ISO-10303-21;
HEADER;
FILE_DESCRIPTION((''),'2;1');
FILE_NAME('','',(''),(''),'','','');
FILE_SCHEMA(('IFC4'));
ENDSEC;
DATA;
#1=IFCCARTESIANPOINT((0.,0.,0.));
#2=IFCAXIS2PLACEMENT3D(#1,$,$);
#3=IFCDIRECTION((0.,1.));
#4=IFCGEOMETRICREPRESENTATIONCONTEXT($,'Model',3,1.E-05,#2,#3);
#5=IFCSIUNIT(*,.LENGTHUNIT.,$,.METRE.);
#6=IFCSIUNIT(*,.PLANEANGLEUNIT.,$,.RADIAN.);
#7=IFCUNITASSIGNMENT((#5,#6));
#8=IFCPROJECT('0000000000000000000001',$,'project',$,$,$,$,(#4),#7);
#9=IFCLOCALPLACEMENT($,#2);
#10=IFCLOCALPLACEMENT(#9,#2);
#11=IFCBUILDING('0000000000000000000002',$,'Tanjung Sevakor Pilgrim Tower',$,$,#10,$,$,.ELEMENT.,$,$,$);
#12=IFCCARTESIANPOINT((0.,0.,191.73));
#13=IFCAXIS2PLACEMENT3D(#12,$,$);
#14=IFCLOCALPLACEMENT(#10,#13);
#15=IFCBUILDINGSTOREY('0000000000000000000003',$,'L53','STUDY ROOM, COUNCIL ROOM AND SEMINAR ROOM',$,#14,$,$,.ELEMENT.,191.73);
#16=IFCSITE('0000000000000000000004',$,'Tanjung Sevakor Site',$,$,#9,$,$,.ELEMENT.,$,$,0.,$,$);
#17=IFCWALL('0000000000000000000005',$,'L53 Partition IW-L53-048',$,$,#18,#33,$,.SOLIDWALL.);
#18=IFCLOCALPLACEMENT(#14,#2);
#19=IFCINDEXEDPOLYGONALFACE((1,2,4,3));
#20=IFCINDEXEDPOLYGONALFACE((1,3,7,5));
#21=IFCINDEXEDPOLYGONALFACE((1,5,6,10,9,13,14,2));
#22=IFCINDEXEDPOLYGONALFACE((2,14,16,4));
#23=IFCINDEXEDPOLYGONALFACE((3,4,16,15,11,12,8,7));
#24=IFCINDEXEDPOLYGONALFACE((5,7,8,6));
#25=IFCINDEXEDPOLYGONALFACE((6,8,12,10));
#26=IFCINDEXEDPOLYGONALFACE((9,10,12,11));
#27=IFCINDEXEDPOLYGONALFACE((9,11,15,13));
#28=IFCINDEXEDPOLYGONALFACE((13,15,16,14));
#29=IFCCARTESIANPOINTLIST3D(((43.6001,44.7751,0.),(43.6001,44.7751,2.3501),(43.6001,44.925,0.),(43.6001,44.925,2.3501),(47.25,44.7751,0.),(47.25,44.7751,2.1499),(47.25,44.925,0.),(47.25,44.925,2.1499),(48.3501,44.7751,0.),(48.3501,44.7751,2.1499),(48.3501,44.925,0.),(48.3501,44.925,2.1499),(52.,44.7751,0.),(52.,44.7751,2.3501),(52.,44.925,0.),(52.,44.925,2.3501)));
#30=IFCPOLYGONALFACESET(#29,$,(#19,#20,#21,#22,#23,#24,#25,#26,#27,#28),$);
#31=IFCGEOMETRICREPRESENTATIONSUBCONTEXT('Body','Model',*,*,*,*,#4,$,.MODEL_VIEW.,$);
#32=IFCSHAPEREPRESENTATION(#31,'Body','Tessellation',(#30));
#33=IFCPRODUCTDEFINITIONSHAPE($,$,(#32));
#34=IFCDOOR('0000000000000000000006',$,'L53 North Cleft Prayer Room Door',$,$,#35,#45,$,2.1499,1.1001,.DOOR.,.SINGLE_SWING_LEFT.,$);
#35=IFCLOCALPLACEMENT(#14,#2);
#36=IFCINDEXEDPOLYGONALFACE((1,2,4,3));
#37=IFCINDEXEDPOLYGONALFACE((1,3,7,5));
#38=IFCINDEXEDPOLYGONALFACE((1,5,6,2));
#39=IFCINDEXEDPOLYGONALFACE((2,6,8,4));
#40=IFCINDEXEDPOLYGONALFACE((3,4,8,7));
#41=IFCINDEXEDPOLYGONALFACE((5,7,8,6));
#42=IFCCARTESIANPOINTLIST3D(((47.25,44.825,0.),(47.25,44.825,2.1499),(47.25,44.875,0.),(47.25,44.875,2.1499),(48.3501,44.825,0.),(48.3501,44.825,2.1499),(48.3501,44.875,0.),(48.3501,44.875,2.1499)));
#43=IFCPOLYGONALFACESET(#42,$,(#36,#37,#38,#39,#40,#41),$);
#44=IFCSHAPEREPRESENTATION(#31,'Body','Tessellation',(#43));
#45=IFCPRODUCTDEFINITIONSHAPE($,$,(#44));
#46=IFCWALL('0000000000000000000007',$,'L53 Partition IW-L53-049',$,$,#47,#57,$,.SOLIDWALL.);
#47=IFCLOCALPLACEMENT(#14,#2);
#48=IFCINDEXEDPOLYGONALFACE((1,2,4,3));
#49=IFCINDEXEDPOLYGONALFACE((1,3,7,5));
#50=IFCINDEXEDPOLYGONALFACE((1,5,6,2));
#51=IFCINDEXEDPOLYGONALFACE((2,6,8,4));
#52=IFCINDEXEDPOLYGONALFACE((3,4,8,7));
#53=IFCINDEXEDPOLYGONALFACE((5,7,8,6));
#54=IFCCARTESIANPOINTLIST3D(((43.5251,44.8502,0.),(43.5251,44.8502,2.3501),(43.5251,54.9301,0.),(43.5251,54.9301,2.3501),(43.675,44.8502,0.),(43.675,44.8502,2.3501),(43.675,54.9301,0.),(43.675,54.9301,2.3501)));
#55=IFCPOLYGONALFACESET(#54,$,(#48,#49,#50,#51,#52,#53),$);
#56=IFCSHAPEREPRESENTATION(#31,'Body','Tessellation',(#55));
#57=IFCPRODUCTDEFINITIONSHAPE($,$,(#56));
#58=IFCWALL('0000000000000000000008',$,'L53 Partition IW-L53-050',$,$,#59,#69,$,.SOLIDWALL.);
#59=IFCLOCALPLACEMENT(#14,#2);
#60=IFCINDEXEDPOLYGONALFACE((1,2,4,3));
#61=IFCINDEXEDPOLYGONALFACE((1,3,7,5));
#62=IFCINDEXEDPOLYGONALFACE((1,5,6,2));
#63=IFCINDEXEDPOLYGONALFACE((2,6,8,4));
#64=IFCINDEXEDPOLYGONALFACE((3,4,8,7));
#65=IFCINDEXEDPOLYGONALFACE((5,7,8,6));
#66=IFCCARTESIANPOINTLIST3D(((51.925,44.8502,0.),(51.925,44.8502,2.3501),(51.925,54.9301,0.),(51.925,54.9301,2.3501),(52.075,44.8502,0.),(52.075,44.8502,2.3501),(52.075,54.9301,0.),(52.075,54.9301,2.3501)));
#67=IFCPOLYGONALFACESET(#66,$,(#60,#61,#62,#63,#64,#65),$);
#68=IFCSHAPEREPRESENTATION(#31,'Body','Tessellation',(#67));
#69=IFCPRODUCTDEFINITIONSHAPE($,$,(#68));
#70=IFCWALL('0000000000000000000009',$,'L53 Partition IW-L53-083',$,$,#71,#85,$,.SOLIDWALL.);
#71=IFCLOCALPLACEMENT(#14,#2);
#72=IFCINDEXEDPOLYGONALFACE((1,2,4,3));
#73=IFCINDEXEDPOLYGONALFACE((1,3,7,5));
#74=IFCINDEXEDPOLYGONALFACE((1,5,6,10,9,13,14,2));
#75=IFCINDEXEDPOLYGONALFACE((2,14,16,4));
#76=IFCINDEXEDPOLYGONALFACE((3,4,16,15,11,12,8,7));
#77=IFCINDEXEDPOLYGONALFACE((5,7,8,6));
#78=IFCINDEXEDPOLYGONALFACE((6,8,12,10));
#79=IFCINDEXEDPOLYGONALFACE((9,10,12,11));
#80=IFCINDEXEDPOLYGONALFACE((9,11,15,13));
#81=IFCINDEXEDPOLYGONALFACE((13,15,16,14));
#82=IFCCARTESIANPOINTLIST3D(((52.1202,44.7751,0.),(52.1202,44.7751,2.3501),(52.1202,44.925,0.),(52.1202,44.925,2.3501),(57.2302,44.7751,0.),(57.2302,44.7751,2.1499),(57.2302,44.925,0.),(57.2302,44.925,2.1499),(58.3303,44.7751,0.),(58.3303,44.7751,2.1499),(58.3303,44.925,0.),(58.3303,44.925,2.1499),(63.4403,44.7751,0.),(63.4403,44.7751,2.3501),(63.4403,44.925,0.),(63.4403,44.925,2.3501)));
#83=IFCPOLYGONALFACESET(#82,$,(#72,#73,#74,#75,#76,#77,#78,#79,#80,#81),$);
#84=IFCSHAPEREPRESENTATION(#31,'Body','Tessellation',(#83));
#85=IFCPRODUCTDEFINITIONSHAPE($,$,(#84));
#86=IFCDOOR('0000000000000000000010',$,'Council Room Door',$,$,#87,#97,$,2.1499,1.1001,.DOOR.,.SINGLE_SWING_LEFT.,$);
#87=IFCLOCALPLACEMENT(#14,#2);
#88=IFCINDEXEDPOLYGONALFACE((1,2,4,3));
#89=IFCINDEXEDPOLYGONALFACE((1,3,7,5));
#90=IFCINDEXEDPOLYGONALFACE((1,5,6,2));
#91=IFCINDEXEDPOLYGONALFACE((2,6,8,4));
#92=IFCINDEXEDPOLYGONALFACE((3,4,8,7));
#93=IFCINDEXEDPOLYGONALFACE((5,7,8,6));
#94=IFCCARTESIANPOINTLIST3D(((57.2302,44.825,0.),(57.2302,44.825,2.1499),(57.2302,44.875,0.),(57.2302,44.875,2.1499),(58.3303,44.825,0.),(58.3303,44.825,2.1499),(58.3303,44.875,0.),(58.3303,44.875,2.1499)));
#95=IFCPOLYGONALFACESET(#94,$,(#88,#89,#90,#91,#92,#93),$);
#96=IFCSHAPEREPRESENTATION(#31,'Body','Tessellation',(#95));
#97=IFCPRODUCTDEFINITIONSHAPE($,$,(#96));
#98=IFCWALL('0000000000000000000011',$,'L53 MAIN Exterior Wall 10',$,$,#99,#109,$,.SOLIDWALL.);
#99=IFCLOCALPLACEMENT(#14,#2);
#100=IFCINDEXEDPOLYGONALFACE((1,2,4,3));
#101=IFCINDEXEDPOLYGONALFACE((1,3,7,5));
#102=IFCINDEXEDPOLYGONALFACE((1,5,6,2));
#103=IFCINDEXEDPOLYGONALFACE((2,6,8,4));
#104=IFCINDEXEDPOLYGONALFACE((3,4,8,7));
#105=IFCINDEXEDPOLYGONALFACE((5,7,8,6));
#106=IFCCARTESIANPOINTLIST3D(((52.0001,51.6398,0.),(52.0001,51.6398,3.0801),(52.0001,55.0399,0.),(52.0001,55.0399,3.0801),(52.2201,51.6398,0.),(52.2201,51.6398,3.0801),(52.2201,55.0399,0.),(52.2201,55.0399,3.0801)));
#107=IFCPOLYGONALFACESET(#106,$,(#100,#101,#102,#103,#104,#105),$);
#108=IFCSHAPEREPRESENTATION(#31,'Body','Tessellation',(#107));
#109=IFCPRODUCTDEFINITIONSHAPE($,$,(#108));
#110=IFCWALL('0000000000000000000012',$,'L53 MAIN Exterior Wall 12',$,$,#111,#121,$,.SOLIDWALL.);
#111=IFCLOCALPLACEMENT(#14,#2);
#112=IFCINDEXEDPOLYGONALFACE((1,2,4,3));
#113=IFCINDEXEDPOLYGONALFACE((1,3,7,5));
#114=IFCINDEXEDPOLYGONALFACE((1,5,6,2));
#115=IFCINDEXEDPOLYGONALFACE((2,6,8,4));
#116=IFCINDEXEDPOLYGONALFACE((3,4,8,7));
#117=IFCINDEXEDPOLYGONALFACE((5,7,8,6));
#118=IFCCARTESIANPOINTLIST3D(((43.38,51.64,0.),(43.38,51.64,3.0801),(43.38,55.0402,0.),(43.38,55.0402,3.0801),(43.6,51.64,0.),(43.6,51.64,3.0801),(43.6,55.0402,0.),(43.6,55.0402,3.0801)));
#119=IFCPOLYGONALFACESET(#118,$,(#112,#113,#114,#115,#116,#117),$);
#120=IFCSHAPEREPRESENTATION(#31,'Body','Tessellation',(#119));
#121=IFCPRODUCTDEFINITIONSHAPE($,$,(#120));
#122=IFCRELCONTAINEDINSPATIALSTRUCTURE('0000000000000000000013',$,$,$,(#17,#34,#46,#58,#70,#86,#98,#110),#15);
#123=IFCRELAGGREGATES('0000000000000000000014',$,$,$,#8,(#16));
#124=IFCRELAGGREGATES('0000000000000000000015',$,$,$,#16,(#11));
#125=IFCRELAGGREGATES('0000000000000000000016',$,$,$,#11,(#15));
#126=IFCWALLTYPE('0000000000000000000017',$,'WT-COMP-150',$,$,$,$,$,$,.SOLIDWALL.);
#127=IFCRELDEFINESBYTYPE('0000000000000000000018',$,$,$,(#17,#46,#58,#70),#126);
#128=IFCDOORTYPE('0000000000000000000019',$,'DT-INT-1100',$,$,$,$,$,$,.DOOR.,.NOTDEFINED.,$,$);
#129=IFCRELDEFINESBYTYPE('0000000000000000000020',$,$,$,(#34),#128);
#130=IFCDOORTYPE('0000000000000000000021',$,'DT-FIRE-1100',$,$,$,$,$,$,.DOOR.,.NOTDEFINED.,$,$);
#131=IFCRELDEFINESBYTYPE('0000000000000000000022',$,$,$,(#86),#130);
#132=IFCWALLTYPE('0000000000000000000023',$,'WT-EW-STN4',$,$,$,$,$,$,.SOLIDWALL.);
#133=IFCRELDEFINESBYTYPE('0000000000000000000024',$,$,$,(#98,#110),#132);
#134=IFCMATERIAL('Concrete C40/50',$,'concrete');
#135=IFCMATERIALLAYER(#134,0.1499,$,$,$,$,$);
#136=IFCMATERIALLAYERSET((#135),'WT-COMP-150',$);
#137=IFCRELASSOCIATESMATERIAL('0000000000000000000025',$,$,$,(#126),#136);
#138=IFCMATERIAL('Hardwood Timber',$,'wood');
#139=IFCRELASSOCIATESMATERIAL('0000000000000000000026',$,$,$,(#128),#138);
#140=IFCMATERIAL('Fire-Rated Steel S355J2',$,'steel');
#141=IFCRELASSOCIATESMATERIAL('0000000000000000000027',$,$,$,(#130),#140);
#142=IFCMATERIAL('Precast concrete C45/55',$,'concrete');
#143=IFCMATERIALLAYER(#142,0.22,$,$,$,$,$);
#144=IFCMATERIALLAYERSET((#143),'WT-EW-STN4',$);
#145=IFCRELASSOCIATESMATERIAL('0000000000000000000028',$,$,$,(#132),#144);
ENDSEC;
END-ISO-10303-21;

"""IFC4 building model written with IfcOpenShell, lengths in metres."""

from ifc_helpers import new_model, si_unit, direction, frame, frame_2d, origin, place, context, subcontext, project, spatial, rectangle, extrude, material, layer, layer_set, type_object, element, fill, save


model = new_model("IFC4")

# Units and contexts
model_context = context("Model", 3, precision=1e-05, world=origin(), true_north=direction((0.0, 1.0)))
body_context = subcontext(model_context, "Body", "Model", "MODEL_VIEW")
ifc_project = project(units=[si_unit("LENGTHUNIT", "METRE"), si_unit("PLANEANGLEUNIT", "RADIAN")], contexts=[model_context])

# Site, building, storey
site_placement = place(None, origin())
site = spatial("IfcSite", under=ifc_project, at=site_placement, Name="Tanjung Sevakor Site", CompositionType="ELEMENT", RefElevation=0.0)
building_placement = place(site_placement, origin())
building = spatial("IfcBuilding", under=site, at=building_placement, Name="Tanjung Sevakor Pilgrim Tower", CompositionType="ELEMENT")
storey_placement = place(building_placement, frame((0.0, 0.0, 191.73)))
storey = spatial("IfcBuildingStorey", under=building, at=storey_placement, Name="L53", Description="STUDY ROOM, COUNCIL ROOM AND SEMINAR ROOM", CompositionType="ELEMENT", Elevation=191.73)

# Wall, opening, door
ifc_material_1 = material(Name="Concrete C40/50", Category="concrete")
ifc_layer_1 = layer(ifc_material_1, 0.1499)
ifc_layer_set_1 = layer_set([ifc_layer_1], Name="WT-COMP-150")
wall_type_1 = type_object("IfcWallType", Name="WT-COMP-150", PredefinedType="SOLIDWALL", material=ifc_layer_set_1)
wall_1_placement = place(storey_placement, frame((43.6001, 44.8501, 0.0), z_axis=(0.0, 0.0, 1.0), x_axis=(1.0, 0.0, 0.0)))
wall_1 = element("IfcWall", 1, at=wall_1_placement, inside=storey, type_object=wall_type_1, Name="L53 Partition IW-L53-048", PredefinedType="SOLIDWALL", context=body_context, shape_type="SweptSolid", body=[
    extrude(rectangle(XDim=8.3999, YDim=0.1499, at=frame_2d((4.2, 0.0))), origin(), (0.0, 0.0, 1.0), 2.3501),
])
opening_1_placement = place(wall_1_placement, frame((3.6499, 0.0, 0.0)))
opening_1 = element("IfcOpeningElement", 2, at=opening_1_placement, cuts=wall_1, PredefinedType="OPENING", context=body_context, shape_type="SweptSolid", body=[
    extrude(rectangle(XDim=1.1001, YDim=2.1499, at=frame_2d((0.55, 1.075))), frame((0.0, 0.085, 0.0), z_axis=(0.0, -1.0, 0.0), x_axis=(1.0, 0.0, 0.0)), (0.0, 0.0, 1.0), 0.1699),
])
ifc_material_2 = material(Name="Hardwood Timber", Category="wood")
door_type_1 = type_object("IfcDoorType", Name="DT-INT-1100", OperationType="NOTDEFINED", PredefinedType="DOOR", material=ifc_material_2)
door_1_placement = place(opening_1_placement, origin())
door_1 = element("IfcDoor", 3, at=door_1_placement, inside=storey, type_object=door_type_1, Name="L53 North Cleft Prayer Room Door", OperationType="SINGLE_SWING_LEFT", OverallHeight=2.1499, OverallWidth=1.1001, PredefinedType="DOOR", context=body_context, shape_type="SweptSolid", body=[
    extrude(rectangle(XDim=1.1001, YDim=2.1499, at=frame_2d((0.55, 1.075))), frame((0.0, 0.0249, 0.0), z_axis=(0.0, -1.0, 0.0), x_axis=(1.0, 0.0, 0.0)), (0.0, 0.0, 1.0), 0.05),
])
fill(opening_1, door_1)

# Walls
for number, where, z_axis, x_axis, name in (
    (4, (43.6001, 44.8501, 0.0), (0.0, 0.0, 1.0), (0.0, 1.0, 0.0), "L53 Partition IW-L53-049"),
    (5, (52.0, 44.8501, 0.0), (0.0, 0.0, 1.0), (0.0, 1.0, 0.0), "L53 Partition IW-L53-050"),
):
    element("IfcWall", number, at=place(storey_placement, frame(where, z_axis=z_axis, x_axis=x_axis)), inside=storey, type_object=wall_type_1, Name=name, PredefinedType="SOLIDWALL", context=body_context, shape_type="SweptSolid", body=[
        extrude(rectangle(XDim=10.0798, YDim=0.1499, at=frame_2d((5.04, 0.0))), origin(), (0.0, 0.0, 1.0), 2.3501),
    ])

# Wall, opening, door
wall_2_placement = place(storey_placement, frame((52.1201, 44.8501, 0.0), z_axis=(0.0, 0.0, 1.0), x_axis=(1.0, 0.0, 0.0)))
wall_2 = element("IfcWall", 6, at=wall_2_placement, inside=storey, type_object=wall_type_1, Name="L53 Partition IW-L53-083", PredefinedType="SOLIDWALL", context=body_context, shape_type="SweptSolid", body=[
    extrude(rectangle(XDim=11.3201, YDim=0.1499, at=frame_2d((5.6602, 0.0))), origin(), (0.0, 0.0, 1.0), 2.3501),
])
opening_2_placement = place(wall_2_placement, frame((5.1101, 0.0, 0.0)))
opening_2 = element("IfcOpeningElement", 7, at=opening_2_placement, cuts=wall_2, PredefinedType="OPENING", context=body_context, shape_type="SweptSolid", body=[
    extrude(rectangle(XDim=1.1001, YDim=2.1499, at=frame_2d((0.55, 1.075))), frame((0.0, 0.085, 0.0), z_axis=(0.0, -1.0, 0.0), x_axis=(1.0, 0.0, 0.0)), (0.0, 0.0, 1.0), 0.1699),
])
ifc_material_3 = material(Name="Fire-Rated Steel S355J2", Category="steel")
door_type_2 = type_object("IfcDoorType", Name="DT-FIRE-1100", OperationType="NOTDEFINED", PredefinedType="DOOR", material=ifc_material_3)
door_2_placement = place(opening_2_placement, origin())
door_2 = element("IfcDoor", 8, at=door_2_placement, inside=storey, type_object=door_type_2, Name="Council Room Door", OperationType="SINGLE_SWING_LEFT", OverallHeight=2.1499, OverallWidth=1.1001, PredefinedType="DOOR", context=body_context, shape_type="SweptSolid", body=[
    extrude(rectangle(XDim=1.1001, YDim=2.1499, at=frame_2d((0.55, 1.075))), frame((0.0, 0.0249, 0.0), z_axis=(0.0, -1.0, 0.0), x_axis=(1.0, 0.0, 0.0)), (0.0, 0.0, 1.0), 0.05),
])
fill(opening_2, door_2)

# Walls
ifc_material_4 = material(Name="Precast concrete C45/55", Category="concrete")
ifc_layer_2 = layer(ifc_material_4, 0.22)
ifc_layer_set_2 = layer_set([ifc_layer_2], Name="WT-EW-STN4")
wall_type_2 = type_object("IfcWallType", Name="WT-EW-STN4", PredefinedType="SOLIDWALL", material=ifc_layer_set_2)
for number, where, z_axis, x_axis, name in (
    (9, (52.1101, 55.04, 0.0), (0.0, 0.0, 1.0), (0.0, -1.0, 0.0), "L53 MAIN Exterior Wall 10"),
    (10, (43.49, 51.6399, 0.0), (0.0, 0.0, 1.0), (0.0, 1.0, 0.0), "L53 MAIN Exterior Wall 12"),
):
    element("IfcWall", number, at=place(storey_placement, frame(where, z_axis=z_axis, x_axis=x_axis)), inside=storey, type_object=wall_type_2, Name=name, PredefinedType="SOLIDWALL", context=body_context, shape_type="SweptSolid", body=[
        extrude(rectangle(XDim=3.4001, YDim=0.22, at=frame_2d((1.7002, 0.0))), origin(), (0.0, 0.0, 1.0), 3.0801),
    ])

save(model, "model.ifc")
